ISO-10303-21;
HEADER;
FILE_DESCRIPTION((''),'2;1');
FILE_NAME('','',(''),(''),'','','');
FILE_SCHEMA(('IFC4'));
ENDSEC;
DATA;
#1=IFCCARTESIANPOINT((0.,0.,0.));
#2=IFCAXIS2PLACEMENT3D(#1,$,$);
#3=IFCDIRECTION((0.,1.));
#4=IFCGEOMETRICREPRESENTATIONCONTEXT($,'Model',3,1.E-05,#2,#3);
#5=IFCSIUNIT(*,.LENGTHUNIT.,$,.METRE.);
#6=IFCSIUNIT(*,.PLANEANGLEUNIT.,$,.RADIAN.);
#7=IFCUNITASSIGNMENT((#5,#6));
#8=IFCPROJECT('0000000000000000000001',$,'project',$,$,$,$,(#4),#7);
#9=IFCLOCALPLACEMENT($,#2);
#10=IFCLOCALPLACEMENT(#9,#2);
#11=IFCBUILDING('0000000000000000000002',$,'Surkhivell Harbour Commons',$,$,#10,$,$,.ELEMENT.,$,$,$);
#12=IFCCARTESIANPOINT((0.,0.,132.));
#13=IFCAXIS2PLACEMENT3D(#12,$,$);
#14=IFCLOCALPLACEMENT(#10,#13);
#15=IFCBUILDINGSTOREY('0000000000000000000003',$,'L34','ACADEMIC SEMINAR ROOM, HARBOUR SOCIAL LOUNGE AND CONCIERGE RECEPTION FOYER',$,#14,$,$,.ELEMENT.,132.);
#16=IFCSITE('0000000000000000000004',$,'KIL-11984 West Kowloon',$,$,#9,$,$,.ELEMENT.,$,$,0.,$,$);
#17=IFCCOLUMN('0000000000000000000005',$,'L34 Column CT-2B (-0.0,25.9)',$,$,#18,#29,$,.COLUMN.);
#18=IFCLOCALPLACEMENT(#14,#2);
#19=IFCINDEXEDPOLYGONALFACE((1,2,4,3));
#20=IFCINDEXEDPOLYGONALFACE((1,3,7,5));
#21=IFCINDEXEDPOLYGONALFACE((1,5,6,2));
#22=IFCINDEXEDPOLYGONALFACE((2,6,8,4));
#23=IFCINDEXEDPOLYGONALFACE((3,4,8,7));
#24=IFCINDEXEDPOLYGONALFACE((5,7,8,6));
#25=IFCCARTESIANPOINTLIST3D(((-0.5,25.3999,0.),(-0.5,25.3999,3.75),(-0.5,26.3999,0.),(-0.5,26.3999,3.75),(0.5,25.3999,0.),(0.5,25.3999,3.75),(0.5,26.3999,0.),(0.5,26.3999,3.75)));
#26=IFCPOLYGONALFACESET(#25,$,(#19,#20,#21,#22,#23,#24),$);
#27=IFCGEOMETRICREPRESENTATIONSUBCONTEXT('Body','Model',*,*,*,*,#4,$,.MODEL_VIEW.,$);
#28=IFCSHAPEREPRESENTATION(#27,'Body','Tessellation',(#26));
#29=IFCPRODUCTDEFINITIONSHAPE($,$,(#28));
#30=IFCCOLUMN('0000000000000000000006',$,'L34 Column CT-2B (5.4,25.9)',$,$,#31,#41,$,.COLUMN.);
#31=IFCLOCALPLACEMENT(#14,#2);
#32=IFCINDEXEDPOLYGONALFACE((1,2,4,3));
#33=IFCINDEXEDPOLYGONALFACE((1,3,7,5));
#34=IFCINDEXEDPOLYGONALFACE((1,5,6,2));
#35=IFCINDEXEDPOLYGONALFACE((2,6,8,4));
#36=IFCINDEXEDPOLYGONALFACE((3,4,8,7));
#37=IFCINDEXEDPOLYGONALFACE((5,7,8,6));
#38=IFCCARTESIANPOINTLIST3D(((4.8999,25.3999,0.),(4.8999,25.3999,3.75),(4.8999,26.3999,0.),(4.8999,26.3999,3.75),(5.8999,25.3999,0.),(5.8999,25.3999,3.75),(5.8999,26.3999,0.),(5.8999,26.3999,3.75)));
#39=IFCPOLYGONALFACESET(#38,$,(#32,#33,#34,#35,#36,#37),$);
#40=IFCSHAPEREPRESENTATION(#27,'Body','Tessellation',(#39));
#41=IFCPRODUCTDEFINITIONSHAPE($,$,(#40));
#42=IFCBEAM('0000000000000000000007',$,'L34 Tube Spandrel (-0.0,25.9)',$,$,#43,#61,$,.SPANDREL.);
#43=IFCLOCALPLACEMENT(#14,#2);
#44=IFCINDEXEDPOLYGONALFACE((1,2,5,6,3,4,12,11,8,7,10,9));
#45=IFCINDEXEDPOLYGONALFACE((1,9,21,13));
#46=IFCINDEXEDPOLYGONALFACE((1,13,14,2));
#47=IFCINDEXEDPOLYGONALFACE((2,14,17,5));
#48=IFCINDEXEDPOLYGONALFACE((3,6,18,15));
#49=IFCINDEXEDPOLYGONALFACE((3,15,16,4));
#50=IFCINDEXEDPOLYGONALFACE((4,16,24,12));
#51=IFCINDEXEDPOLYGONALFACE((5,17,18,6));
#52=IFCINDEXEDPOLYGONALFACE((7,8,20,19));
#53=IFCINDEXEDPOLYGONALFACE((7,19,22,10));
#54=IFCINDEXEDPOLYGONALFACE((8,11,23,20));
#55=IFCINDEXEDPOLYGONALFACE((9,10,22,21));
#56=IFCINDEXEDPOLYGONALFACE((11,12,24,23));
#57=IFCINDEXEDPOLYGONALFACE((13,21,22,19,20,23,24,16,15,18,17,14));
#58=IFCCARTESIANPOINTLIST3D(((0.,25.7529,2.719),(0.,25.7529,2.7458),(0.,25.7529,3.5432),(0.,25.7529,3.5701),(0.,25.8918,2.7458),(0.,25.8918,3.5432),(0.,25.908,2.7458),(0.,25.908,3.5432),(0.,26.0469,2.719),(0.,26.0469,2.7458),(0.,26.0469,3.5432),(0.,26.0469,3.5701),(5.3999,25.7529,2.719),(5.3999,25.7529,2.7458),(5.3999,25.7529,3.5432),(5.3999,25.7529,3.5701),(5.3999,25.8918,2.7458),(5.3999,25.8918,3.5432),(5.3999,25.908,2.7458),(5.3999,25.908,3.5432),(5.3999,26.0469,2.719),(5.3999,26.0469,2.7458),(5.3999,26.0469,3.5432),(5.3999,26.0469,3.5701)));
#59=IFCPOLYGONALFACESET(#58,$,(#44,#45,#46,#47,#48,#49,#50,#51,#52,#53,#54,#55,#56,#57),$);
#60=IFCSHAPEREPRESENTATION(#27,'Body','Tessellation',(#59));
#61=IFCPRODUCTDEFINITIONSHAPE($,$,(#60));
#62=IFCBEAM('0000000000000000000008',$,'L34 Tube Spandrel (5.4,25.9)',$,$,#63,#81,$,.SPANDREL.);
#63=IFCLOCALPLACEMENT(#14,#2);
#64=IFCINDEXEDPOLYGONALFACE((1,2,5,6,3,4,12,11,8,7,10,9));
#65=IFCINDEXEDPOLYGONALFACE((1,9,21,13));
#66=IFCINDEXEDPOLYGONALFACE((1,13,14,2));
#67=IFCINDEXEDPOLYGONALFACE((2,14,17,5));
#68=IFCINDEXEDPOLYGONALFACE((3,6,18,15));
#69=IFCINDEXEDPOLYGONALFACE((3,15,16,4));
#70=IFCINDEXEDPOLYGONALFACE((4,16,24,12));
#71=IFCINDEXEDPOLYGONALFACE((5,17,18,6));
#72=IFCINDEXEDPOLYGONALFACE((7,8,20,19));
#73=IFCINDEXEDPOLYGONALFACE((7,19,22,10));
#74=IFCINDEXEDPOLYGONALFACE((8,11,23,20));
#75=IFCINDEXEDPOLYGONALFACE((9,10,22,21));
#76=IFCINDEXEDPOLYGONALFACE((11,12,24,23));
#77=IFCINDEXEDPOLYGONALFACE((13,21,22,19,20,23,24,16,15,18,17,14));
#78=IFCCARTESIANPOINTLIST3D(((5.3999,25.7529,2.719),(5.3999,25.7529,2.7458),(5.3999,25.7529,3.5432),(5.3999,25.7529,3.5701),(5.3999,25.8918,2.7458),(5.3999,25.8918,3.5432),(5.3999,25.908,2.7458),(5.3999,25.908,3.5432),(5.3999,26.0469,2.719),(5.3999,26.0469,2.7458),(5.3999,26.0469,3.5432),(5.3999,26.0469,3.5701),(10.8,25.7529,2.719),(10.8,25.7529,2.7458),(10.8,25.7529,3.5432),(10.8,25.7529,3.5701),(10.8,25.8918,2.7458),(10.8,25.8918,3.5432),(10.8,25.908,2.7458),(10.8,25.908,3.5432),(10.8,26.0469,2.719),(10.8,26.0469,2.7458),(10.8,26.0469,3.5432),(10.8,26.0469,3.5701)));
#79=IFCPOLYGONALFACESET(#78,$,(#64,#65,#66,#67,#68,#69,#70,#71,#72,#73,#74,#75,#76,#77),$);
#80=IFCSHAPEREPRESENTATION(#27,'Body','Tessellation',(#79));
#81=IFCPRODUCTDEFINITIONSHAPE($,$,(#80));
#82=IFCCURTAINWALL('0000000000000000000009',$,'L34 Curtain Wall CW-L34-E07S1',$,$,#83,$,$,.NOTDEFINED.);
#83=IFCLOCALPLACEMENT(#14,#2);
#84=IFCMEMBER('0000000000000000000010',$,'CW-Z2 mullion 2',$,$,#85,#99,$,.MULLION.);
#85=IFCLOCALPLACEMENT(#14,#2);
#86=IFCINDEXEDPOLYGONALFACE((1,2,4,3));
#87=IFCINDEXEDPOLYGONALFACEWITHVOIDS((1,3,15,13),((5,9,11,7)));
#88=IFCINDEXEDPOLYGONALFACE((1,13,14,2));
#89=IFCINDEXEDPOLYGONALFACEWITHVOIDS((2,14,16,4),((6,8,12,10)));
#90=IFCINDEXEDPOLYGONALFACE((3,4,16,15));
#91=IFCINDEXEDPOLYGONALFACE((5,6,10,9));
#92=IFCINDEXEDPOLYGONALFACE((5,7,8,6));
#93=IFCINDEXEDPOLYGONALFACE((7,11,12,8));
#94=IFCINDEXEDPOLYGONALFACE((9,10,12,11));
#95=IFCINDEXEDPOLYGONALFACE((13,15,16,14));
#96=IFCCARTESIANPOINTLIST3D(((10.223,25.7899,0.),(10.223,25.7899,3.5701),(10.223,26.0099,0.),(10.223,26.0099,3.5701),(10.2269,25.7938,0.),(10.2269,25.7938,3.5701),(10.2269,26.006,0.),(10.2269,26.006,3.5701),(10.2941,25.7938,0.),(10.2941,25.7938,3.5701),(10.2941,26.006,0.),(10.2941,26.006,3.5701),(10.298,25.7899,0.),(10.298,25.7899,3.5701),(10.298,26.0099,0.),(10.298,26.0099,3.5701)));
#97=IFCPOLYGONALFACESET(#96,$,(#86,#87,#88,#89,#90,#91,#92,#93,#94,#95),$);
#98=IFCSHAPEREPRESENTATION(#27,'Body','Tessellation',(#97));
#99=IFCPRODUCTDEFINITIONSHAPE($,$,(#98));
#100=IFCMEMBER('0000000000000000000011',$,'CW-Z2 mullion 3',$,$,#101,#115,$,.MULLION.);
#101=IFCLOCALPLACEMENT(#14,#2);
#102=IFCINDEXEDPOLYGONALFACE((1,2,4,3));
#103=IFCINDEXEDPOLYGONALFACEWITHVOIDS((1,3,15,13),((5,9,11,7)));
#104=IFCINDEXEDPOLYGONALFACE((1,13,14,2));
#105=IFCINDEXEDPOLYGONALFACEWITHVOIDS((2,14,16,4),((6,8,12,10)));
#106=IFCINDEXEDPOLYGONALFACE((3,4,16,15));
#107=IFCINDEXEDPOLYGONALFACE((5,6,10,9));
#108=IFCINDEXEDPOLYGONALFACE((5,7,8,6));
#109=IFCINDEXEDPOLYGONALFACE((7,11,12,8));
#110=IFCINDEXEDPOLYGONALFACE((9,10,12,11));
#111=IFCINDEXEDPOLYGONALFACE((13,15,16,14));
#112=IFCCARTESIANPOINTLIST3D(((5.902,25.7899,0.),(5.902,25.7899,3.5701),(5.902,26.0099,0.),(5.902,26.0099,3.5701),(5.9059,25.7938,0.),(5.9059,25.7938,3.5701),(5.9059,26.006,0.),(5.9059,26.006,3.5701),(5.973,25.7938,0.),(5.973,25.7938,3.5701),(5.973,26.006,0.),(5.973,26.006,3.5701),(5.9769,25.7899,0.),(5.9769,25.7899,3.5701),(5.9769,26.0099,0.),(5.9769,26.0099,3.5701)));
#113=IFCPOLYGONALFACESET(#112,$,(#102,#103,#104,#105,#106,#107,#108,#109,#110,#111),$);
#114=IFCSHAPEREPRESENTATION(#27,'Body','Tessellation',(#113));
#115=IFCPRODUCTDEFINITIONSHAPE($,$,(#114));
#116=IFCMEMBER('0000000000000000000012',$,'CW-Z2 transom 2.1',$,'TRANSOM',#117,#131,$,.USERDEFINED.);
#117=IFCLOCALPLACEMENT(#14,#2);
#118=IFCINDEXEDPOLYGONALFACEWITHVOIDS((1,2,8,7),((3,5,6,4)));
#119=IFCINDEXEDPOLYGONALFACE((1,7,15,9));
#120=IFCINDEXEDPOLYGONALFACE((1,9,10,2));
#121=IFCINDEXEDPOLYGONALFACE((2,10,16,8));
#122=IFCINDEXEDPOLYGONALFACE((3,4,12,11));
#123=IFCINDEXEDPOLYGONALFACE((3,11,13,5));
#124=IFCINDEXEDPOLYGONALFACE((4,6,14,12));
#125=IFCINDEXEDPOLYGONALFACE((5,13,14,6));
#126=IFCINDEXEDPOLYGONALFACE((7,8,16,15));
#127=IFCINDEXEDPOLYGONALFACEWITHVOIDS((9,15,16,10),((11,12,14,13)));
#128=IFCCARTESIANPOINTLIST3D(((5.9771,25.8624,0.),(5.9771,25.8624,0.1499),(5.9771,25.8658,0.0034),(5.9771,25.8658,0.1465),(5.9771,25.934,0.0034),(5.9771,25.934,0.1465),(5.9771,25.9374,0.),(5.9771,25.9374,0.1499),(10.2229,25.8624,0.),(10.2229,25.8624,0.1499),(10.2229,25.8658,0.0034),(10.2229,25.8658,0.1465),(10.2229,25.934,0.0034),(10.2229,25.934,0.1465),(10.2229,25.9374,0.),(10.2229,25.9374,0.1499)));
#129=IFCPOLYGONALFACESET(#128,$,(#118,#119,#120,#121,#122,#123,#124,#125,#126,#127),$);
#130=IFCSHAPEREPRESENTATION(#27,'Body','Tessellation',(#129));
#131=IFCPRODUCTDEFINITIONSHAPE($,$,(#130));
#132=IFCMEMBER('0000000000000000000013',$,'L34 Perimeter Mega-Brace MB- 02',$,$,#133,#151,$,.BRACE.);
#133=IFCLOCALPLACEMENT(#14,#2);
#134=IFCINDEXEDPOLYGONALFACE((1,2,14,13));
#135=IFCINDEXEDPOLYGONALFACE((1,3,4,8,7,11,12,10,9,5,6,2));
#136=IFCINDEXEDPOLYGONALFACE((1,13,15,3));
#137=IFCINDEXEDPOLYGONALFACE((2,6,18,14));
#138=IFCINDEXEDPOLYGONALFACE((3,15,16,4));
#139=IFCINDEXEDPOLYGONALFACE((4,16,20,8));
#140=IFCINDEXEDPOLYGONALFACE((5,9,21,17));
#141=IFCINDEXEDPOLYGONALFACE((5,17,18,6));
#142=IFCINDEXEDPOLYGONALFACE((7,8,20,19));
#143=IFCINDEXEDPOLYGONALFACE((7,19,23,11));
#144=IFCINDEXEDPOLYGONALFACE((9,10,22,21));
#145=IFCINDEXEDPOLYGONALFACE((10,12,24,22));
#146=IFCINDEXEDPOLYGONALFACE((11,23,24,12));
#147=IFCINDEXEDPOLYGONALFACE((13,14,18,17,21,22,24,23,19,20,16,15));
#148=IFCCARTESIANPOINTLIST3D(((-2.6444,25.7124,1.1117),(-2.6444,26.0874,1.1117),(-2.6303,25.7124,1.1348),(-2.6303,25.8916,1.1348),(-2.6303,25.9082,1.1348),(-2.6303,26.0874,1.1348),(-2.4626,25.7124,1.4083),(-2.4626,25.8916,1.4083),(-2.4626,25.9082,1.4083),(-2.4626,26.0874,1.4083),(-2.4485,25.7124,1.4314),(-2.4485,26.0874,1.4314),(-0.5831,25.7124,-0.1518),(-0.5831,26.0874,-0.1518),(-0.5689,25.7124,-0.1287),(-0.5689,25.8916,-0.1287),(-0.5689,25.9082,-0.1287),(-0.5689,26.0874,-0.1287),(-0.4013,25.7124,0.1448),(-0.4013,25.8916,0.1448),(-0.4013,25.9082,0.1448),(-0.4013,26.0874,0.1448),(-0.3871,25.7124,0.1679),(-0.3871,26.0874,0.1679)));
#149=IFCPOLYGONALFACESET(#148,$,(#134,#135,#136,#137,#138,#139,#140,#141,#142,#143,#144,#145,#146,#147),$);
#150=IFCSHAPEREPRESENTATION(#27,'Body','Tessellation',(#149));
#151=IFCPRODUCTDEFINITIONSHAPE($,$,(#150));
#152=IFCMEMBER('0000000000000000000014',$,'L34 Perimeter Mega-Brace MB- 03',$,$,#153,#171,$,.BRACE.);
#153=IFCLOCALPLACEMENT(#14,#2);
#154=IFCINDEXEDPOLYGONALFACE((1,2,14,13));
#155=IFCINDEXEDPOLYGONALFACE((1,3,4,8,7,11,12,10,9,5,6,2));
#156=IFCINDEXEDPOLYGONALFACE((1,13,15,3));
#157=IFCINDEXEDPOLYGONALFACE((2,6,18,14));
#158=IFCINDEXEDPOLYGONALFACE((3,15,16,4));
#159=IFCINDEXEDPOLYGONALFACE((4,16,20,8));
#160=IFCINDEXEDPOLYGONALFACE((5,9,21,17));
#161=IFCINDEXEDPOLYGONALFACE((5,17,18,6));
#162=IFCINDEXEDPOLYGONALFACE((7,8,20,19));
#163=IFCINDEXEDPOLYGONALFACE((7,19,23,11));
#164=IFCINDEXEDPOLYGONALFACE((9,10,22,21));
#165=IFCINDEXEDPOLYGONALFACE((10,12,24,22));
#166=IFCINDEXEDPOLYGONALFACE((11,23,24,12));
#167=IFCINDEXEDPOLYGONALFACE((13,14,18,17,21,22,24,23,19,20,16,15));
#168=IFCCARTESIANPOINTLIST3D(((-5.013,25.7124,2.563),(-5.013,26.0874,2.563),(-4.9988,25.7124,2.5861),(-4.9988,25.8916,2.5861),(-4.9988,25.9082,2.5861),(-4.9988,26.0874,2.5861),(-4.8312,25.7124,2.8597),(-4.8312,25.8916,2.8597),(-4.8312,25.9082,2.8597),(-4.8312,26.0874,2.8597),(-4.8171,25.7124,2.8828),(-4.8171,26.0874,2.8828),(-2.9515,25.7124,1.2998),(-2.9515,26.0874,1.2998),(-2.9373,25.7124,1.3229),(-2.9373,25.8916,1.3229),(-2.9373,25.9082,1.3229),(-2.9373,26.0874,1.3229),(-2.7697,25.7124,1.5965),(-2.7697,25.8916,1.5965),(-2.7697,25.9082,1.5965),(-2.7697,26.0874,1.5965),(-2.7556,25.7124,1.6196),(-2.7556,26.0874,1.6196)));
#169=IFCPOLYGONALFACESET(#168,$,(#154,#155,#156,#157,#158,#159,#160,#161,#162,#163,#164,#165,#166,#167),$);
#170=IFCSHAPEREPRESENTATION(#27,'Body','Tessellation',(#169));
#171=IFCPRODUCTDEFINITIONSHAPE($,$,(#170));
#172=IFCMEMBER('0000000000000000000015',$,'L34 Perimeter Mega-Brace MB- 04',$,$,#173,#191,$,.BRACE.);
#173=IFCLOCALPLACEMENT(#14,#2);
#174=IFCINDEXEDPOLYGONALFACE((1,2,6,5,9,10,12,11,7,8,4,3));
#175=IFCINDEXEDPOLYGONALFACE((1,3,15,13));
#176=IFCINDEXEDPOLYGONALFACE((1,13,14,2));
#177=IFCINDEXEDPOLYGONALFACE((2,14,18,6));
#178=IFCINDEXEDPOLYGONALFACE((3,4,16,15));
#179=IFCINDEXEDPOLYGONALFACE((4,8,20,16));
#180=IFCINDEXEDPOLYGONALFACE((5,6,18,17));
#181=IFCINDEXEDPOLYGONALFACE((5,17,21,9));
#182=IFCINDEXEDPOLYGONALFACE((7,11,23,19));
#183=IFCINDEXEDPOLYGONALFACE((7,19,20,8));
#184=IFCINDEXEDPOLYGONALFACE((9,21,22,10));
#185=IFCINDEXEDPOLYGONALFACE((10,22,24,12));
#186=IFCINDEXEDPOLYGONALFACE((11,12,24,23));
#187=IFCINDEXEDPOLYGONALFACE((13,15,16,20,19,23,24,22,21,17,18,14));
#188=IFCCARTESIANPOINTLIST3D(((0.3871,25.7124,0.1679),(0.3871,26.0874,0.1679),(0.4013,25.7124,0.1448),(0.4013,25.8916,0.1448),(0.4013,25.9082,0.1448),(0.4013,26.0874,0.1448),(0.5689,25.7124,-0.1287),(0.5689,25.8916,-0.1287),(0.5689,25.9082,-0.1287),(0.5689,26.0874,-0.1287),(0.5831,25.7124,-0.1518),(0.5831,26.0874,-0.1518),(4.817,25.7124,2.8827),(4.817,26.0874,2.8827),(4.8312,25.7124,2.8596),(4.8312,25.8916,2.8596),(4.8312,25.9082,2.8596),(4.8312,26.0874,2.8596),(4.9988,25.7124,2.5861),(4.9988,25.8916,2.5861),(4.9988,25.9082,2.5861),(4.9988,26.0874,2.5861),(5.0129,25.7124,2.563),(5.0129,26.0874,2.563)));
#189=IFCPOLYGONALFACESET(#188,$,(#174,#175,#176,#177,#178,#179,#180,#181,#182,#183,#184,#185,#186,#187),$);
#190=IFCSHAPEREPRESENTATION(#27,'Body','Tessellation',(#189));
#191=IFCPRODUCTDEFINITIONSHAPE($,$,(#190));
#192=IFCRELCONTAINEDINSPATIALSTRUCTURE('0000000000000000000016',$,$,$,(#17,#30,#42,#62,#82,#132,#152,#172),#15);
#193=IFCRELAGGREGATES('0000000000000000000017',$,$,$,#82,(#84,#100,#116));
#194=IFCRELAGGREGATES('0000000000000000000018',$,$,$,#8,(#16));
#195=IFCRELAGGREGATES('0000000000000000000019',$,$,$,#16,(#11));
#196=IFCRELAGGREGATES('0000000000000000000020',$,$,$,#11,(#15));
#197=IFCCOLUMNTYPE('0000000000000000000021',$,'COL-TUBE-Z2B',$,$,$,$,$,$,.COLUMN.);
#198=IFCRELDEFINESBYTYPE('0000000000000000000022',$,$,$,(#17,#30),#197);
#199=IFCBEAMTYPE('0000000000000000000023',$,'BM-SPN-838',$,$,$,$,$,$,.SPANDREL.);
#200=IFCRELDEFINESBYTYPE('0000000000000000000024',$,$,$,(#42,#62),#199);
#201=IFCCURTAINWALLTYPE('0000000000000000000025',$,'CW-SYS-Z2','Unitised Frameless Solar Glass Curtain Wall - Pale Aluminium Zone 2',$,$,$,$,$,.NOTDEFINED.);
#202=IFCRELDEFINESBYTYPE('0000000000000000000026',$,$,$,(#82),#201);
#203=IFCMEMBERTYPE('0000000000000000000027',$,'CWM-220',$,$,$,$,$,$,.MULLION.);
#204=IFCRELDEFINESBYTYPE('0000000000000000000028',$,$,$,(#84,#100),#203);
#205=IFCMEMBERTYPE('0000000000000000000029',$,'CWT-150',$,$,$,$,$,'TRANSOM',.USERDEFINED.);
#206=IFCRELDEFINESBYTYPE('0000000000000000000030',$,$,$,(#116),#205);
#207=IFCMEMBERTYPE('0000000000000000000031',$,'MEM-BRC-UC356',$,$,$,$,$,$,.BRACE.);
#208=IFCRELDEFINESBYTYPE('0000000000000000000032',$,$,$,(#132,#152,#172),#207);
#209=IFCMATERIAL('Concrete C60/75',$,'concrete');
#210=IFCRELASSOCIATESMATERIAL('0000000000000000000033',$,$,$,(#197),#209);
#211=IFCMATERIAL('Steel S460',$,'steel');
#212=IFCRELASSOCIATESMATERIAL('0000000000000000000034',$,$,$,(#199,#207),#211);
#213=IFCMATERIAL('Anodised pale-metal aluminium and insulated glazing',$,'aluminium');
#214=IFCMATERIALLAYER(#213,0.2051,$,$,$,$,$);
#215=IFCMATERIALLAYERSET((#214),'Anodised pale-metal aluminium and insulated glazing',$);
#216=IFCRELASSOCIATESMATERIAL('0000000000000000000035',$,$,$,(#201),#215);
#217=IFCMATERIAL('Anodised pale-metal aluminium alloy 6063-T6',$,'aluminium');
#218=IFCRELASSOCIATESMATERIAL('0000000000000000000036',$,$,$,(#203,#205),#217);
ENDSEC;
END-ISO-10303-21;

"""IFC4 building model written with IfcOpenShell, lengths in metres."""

from ifc_helpers import new_model, si_unit, direction, frame, origin, origin_2d, place, context, subcontext, project, spatial, rectangle, hollow_rectangle, i_section, extrude, material, layer, layer_set, material_profile, profile_set, type_object, element, aggregate, save


model = new_model("IFC4")

# Units and contexts
model_context = context("Model", 3, precision=1e-05, world=origin(), true_north=direction((0.0, 1.0)))
body_context = subcontext(model_context, "Body", "Model", "MODEL_VIEW")
ifc_project = project(units=[si_unit("LENGTHUNIT", "METRE"), si_unit("PLANEANGLEUNIT", "RADIAN")], contexts=[model_context])

# Site, building, storey
site_placement = place(None, origin())
site = spatial("IfcSite", under=ifc_project, at=site_placement, Name="KIL-11984 West Kowloon", CompositionType="ELEMENT", RefElevation=0.0)
building_placement = place(site_placement, origin())
building = spatial("IfcBuilding", under=site, at=building_placement, Name="Surkhivell Harbour Commons", CompositionType="ELEMENT")
storey_placement = place(building_placement, frame((0.0, 0.0, 132.0)))
storey = spatial("IfcBuildingStorey", under=building, at=storey_placement, Name="L34", Description="ACADEMIC SEMINAR ROOM, HARBOUR SOCIAL LOUNGE AND CONCIERGE RECEPTION FOYER", CompositionType="ELEMENT", Elevation=132.0)

# Columns
ifc_material_1 = material(Name="Concrete C60/75", Category="concrete")
ifc_material_profile_1 = material_profile(ifc_material_1, rectangle(XDim=1.0, YDim=1.0, at=origin_2d()), Name="RC-COL-1000x1000")
ifc_profile_set_1 = profile_set([ifc_material_profile_1], Name="Concrete C60/75")
column_type = type_object("IfcColumnType", Name="COL-TUBE-Z2B", PredefinedType="COLUMN", material=ifc_profile_set_1)
for number, where, z_axis, x_axis, name in (
    (1, (0.0, 25.8999, 0.0), (0.0, 0.0, 1.0), (1.0, 0.0, 0.0), "L34 Column CT-2B (-0.0,25.9)"),
    (2, (5.3999, 25.8999, 0.0), (0.0, 0.0, 1.0), (1.0, 0.0, 0.0), "L34 Column CT-2B (5.4,25.9)"),
):
    element("IfcColumn", number, at=place(storey_placement, frame(where, z_axis=z_axis, x_axis=x_axis)), inside=storey, type_object=column_type, Name=name, PredefinedType="COLUMN", context=body_context, shape_type="SweptSolid", body=[
        extrude(rectangle(XDim=1.0, YDim=1.0, at=origin_2d()), origin(), (0.0, 0.0, 1.0), 3.75),
    ])

# Beams
ifc_material_2 = material(Name="Steel S460", Category="steel")
ifc_material_profile_2 = material_profile(ifc_material_2, i_section(OverallWidth=0.2939, OverallDepth=0.8511, WebThickness=0.0161, FlangeThickness=0.0269, at=origin_2d()), Name="UB838x292x226")
ifc_profile_set_2 = profile_set([ifc_material_profile_2], Name="Steel S460")
beam_type = type_object("IfcBeamType", Name="BM-SPN-838", PredefinedType="SPANDREL", material=ifc_profile_set_2)
beam_1_placement = place(storey_placement, frame((0.0, 25.8999, 3.1445), z_axis=(1.0, 0.0, 0.0), x_axis=(0.0, 1.0, 0.0)))
element("IfcBeam", 3, at=beam_1_placement, inside=storey, type_object=beam_type, Name="L34 Tube Spandrel (-0.0,25.9)", PredefinedType="SPANDREL", context=body_context, shape_type="SweptSolid", body=[
    extrude(i_section(OverallWidth=0.2939, OverallDepth=0.8511, WebThickness=0.0161, FlangeThickness=0.0269, at=origin_2d()), origin(), (0.0, 0.0, 1.0), 5.3999),
])
beam_2_placement = place(storey_placement, frame((5.3999, 25.8999, 3.1445), z_axis=(1.0, 0.0, 0.0), x_axis=(0.0, 1.0, 0.0)))
element("IfcBeam", 4, at=beam_2_placement, inside=storey, type_object=beam_type, Name="L34 Tube Spandrel (5.4,25.9)", PredefinedType="SPANDREL", context=body_context, shape_type="SweptSolid", body=[
    extrude(i_section(OverallWidth=0.2939, OverallDepth=0.8511, WebThickness=0.0161, FlangeThickness=0.0269, at=origin_2d()), origin(), (0.0, 0.0, 1.0), 5.4001),
])

# Curtain wall, members
ifc_material_3 = material(Name="Anodised pale-metal aluminium and insulated glazing", Category="aluminium")
ifc_layer_1 = layer(ifc_material_3, 0.2051)
ifc_layer_set_1 = layer_set([ifc_layer_1], Name="Anodised pale-metal aluminium and insulated glazing")
curtain_wall_type = type_object("IfcCurtainWallType", Name="CW-SYS-Z2", Description="Unitised Frameless Solar Glass Curtain Wall - Pale Aluminium Zone 2", PredefinedType="NOTDEFINED", material=ifc_layer_set_1)
curtain_wall_placement = place(storey_placement, origin())
curtain_wall = element("IfcCurtainWall", 5, at=curtain_wall_placement, inside=storey, type_object=curtain_wall_type, Name="L34 Curtain Wall CW-L34-E07S1", PredefinedType="NOTDEFINED")
ifc_material_4 = material(Name="Anodised pale-metal aluminium alloy 6063-T6", Category="aluminium")
ifc_material_profile_3 = material_profile(ifc_material_4, hollow_rectangle(XDim=0.075, YDim=0.22, WallThickness=0.0039, at=origin_2d()), Name="ALU-MULL-75x220")
ifc_profile_set_3 = profile_set([ifc_material_profile_3], Name="Anodised pale-metal aluminium alloy 6063-T6")
member_type_1 = type_object("IfcMemberType", Name="CWM-220", PredefinedType="MULLION", material=ifc_profile_set_3)
member_1_placement = place(storey_placement, frame((10.2605, 25.8999, 0.0), z_axis=(0.0, 0.0, 1.0), x_axis=(-1.0, 0.0, 0.0)))
member_1 = element("IfcMember", 6, at=member_1_placement, type_object=member_type_1, Name="CW-Z2 mullion 2", PredefinedType="MULLION", context=body_context, shape_type="SweptSolid", body=[
    extrude(hollow_rectangle(XDim=0.075, YDim=0.22, WallThickness=0.0039, at=origin_2d()), origin(), (0.0, 0.0, 1.0), 3.5701),
])
member_2_placement = place(storey_placement, frame((5.9395, 25.8999, 0.0), z_axis=(0.0, 0.0, 1.0), x_axis=(-1.0, 0.0, 0.0)))
member_2 = element("IfcMember", 7, at=member_2_placement, type_object=member_type_1, Name="CW-Z2 mullion 3", PredefinedType="MULLION", context=body_context, shape_type="SweptSolid", body=[
    extrude(hollow_rectangle(XDim=0.075, YDim=0.22, WallThickness=0.0039, at=origin_2d()), origin(), (0.0, 0.0, 1.0), 3.5701),
])
ifc_material_profile_4 = material_profile(ifc_material_4, hollow_rectangle(XDim=0.075, YDim=0.1499, WallThickness=0.0034, at=origin_2d()), Name="ALU-TRAN-75x150")
ifc_profile_set_4 = profile_set([ifc_material_profile_4], Name="Anodised pale-metal aluminium alloy 6063-T6")
member_type_2 = type_object("IfcMemberType", Name="CWT-150", ElementType="TRANSOM", PredefinedType="USERDEFINED", material=ifc_profile_set_4)
member_3_placement = place(storey_placement, frame((10.2229, 25.8999, 0.075), z_axis=(-1.0, 0.0, 0.0), x_axis=(0.0, -1.0, 0.0)))
member_3 = element("IfcMember", 8, at=member_3_placement, type_object=member_type_2, Name="CW-Z2 transom 2.1", ObjectType="TRANSOM", PredefinedType="USERDEFINED", context=body_context, shape_type="SweptSolid", body=[
    extrude(hollow_rectangle(XDim=0.075, YDim=0.1499, WallThickness=0.0034, at=origin_2d()), origin(), (0.0, 0.0, 1.0), 4.2458),
])

# Members
ifc_material_profile_5 = material_profile(ifc_material_2, i_section(OverallWidth=0.375, OverallDepth=0.375, WebThickness=0.0166, FlangeThickness=0.0271, at=origin_2d()), Name="UC356x368x202")
ifc_profile_set_5 = profile_set([ifc_material_profile_5], Name="Steel S460")
member_type_3 = type_object("IfcMemberType", Name="MEM-BRC-UC356", PredefinedType="BRACE", material=ifc_profile_set_5)
for number, where, z_axis, x_axis, name in (
    (9, (-0.4851, 25.8999, 0.0081), (-0.85259, 0.0, 0.522581), (0.0, -1.0, 0.0), "L34 Perimeter Mega-Brace MB- 02"),
    (10, (-2.8535, 25.8999, 1.4597), (-0.852662, 0.0, 0.522463), (0.0, -1.0, 0.0), "L34 Perimeter Mega-Brace MB- 03"),
):
    element("IfcMember", number, at=place(storey_placement, frame(where, z_axis=z_axis, x_axis=x_axis)), inside=storey, type_object=member_type_3, Name=name, PredefinedType="BRACE", context=body_context, shape_type="SweptSolid", body=[
        extrude(i_section(OverallWidth=0.375, OverallDepth=0.375, WebThickness=0.0166, FlangeThickness=0.0271, at=origin_2d()), origin(), (0.0, 0.0, 1.0), 2.4177),
    ])
member_4_placement = place(storey_placement, frame((0.4851, 25.8999, 0.0081), z_axis=(0.852625, 0.0, 0.522523), x_axis=(0.0, 1.0, 0.0)))
element("IfcMember", 11, at=member_4_placement, inside=storey, type_object=member_type_3, Name="L34 Perimeter Mega-Brace MB- 04", PredefinedType="BRACE", context=body_context, shape_type="SweptSolid", body=[
    extrude(i_section(OverallWidth=0.375, OverallDepth=0.375, WebThickness=0.0166, FlangeThickness=0.0271, at=origin_2d()), origin(), (0.0, 0.0, 1.0), 5.1956),
])

aggregate(curtain_wall, [member_1, member_2, member_3])

save(model, "model.ifc")
